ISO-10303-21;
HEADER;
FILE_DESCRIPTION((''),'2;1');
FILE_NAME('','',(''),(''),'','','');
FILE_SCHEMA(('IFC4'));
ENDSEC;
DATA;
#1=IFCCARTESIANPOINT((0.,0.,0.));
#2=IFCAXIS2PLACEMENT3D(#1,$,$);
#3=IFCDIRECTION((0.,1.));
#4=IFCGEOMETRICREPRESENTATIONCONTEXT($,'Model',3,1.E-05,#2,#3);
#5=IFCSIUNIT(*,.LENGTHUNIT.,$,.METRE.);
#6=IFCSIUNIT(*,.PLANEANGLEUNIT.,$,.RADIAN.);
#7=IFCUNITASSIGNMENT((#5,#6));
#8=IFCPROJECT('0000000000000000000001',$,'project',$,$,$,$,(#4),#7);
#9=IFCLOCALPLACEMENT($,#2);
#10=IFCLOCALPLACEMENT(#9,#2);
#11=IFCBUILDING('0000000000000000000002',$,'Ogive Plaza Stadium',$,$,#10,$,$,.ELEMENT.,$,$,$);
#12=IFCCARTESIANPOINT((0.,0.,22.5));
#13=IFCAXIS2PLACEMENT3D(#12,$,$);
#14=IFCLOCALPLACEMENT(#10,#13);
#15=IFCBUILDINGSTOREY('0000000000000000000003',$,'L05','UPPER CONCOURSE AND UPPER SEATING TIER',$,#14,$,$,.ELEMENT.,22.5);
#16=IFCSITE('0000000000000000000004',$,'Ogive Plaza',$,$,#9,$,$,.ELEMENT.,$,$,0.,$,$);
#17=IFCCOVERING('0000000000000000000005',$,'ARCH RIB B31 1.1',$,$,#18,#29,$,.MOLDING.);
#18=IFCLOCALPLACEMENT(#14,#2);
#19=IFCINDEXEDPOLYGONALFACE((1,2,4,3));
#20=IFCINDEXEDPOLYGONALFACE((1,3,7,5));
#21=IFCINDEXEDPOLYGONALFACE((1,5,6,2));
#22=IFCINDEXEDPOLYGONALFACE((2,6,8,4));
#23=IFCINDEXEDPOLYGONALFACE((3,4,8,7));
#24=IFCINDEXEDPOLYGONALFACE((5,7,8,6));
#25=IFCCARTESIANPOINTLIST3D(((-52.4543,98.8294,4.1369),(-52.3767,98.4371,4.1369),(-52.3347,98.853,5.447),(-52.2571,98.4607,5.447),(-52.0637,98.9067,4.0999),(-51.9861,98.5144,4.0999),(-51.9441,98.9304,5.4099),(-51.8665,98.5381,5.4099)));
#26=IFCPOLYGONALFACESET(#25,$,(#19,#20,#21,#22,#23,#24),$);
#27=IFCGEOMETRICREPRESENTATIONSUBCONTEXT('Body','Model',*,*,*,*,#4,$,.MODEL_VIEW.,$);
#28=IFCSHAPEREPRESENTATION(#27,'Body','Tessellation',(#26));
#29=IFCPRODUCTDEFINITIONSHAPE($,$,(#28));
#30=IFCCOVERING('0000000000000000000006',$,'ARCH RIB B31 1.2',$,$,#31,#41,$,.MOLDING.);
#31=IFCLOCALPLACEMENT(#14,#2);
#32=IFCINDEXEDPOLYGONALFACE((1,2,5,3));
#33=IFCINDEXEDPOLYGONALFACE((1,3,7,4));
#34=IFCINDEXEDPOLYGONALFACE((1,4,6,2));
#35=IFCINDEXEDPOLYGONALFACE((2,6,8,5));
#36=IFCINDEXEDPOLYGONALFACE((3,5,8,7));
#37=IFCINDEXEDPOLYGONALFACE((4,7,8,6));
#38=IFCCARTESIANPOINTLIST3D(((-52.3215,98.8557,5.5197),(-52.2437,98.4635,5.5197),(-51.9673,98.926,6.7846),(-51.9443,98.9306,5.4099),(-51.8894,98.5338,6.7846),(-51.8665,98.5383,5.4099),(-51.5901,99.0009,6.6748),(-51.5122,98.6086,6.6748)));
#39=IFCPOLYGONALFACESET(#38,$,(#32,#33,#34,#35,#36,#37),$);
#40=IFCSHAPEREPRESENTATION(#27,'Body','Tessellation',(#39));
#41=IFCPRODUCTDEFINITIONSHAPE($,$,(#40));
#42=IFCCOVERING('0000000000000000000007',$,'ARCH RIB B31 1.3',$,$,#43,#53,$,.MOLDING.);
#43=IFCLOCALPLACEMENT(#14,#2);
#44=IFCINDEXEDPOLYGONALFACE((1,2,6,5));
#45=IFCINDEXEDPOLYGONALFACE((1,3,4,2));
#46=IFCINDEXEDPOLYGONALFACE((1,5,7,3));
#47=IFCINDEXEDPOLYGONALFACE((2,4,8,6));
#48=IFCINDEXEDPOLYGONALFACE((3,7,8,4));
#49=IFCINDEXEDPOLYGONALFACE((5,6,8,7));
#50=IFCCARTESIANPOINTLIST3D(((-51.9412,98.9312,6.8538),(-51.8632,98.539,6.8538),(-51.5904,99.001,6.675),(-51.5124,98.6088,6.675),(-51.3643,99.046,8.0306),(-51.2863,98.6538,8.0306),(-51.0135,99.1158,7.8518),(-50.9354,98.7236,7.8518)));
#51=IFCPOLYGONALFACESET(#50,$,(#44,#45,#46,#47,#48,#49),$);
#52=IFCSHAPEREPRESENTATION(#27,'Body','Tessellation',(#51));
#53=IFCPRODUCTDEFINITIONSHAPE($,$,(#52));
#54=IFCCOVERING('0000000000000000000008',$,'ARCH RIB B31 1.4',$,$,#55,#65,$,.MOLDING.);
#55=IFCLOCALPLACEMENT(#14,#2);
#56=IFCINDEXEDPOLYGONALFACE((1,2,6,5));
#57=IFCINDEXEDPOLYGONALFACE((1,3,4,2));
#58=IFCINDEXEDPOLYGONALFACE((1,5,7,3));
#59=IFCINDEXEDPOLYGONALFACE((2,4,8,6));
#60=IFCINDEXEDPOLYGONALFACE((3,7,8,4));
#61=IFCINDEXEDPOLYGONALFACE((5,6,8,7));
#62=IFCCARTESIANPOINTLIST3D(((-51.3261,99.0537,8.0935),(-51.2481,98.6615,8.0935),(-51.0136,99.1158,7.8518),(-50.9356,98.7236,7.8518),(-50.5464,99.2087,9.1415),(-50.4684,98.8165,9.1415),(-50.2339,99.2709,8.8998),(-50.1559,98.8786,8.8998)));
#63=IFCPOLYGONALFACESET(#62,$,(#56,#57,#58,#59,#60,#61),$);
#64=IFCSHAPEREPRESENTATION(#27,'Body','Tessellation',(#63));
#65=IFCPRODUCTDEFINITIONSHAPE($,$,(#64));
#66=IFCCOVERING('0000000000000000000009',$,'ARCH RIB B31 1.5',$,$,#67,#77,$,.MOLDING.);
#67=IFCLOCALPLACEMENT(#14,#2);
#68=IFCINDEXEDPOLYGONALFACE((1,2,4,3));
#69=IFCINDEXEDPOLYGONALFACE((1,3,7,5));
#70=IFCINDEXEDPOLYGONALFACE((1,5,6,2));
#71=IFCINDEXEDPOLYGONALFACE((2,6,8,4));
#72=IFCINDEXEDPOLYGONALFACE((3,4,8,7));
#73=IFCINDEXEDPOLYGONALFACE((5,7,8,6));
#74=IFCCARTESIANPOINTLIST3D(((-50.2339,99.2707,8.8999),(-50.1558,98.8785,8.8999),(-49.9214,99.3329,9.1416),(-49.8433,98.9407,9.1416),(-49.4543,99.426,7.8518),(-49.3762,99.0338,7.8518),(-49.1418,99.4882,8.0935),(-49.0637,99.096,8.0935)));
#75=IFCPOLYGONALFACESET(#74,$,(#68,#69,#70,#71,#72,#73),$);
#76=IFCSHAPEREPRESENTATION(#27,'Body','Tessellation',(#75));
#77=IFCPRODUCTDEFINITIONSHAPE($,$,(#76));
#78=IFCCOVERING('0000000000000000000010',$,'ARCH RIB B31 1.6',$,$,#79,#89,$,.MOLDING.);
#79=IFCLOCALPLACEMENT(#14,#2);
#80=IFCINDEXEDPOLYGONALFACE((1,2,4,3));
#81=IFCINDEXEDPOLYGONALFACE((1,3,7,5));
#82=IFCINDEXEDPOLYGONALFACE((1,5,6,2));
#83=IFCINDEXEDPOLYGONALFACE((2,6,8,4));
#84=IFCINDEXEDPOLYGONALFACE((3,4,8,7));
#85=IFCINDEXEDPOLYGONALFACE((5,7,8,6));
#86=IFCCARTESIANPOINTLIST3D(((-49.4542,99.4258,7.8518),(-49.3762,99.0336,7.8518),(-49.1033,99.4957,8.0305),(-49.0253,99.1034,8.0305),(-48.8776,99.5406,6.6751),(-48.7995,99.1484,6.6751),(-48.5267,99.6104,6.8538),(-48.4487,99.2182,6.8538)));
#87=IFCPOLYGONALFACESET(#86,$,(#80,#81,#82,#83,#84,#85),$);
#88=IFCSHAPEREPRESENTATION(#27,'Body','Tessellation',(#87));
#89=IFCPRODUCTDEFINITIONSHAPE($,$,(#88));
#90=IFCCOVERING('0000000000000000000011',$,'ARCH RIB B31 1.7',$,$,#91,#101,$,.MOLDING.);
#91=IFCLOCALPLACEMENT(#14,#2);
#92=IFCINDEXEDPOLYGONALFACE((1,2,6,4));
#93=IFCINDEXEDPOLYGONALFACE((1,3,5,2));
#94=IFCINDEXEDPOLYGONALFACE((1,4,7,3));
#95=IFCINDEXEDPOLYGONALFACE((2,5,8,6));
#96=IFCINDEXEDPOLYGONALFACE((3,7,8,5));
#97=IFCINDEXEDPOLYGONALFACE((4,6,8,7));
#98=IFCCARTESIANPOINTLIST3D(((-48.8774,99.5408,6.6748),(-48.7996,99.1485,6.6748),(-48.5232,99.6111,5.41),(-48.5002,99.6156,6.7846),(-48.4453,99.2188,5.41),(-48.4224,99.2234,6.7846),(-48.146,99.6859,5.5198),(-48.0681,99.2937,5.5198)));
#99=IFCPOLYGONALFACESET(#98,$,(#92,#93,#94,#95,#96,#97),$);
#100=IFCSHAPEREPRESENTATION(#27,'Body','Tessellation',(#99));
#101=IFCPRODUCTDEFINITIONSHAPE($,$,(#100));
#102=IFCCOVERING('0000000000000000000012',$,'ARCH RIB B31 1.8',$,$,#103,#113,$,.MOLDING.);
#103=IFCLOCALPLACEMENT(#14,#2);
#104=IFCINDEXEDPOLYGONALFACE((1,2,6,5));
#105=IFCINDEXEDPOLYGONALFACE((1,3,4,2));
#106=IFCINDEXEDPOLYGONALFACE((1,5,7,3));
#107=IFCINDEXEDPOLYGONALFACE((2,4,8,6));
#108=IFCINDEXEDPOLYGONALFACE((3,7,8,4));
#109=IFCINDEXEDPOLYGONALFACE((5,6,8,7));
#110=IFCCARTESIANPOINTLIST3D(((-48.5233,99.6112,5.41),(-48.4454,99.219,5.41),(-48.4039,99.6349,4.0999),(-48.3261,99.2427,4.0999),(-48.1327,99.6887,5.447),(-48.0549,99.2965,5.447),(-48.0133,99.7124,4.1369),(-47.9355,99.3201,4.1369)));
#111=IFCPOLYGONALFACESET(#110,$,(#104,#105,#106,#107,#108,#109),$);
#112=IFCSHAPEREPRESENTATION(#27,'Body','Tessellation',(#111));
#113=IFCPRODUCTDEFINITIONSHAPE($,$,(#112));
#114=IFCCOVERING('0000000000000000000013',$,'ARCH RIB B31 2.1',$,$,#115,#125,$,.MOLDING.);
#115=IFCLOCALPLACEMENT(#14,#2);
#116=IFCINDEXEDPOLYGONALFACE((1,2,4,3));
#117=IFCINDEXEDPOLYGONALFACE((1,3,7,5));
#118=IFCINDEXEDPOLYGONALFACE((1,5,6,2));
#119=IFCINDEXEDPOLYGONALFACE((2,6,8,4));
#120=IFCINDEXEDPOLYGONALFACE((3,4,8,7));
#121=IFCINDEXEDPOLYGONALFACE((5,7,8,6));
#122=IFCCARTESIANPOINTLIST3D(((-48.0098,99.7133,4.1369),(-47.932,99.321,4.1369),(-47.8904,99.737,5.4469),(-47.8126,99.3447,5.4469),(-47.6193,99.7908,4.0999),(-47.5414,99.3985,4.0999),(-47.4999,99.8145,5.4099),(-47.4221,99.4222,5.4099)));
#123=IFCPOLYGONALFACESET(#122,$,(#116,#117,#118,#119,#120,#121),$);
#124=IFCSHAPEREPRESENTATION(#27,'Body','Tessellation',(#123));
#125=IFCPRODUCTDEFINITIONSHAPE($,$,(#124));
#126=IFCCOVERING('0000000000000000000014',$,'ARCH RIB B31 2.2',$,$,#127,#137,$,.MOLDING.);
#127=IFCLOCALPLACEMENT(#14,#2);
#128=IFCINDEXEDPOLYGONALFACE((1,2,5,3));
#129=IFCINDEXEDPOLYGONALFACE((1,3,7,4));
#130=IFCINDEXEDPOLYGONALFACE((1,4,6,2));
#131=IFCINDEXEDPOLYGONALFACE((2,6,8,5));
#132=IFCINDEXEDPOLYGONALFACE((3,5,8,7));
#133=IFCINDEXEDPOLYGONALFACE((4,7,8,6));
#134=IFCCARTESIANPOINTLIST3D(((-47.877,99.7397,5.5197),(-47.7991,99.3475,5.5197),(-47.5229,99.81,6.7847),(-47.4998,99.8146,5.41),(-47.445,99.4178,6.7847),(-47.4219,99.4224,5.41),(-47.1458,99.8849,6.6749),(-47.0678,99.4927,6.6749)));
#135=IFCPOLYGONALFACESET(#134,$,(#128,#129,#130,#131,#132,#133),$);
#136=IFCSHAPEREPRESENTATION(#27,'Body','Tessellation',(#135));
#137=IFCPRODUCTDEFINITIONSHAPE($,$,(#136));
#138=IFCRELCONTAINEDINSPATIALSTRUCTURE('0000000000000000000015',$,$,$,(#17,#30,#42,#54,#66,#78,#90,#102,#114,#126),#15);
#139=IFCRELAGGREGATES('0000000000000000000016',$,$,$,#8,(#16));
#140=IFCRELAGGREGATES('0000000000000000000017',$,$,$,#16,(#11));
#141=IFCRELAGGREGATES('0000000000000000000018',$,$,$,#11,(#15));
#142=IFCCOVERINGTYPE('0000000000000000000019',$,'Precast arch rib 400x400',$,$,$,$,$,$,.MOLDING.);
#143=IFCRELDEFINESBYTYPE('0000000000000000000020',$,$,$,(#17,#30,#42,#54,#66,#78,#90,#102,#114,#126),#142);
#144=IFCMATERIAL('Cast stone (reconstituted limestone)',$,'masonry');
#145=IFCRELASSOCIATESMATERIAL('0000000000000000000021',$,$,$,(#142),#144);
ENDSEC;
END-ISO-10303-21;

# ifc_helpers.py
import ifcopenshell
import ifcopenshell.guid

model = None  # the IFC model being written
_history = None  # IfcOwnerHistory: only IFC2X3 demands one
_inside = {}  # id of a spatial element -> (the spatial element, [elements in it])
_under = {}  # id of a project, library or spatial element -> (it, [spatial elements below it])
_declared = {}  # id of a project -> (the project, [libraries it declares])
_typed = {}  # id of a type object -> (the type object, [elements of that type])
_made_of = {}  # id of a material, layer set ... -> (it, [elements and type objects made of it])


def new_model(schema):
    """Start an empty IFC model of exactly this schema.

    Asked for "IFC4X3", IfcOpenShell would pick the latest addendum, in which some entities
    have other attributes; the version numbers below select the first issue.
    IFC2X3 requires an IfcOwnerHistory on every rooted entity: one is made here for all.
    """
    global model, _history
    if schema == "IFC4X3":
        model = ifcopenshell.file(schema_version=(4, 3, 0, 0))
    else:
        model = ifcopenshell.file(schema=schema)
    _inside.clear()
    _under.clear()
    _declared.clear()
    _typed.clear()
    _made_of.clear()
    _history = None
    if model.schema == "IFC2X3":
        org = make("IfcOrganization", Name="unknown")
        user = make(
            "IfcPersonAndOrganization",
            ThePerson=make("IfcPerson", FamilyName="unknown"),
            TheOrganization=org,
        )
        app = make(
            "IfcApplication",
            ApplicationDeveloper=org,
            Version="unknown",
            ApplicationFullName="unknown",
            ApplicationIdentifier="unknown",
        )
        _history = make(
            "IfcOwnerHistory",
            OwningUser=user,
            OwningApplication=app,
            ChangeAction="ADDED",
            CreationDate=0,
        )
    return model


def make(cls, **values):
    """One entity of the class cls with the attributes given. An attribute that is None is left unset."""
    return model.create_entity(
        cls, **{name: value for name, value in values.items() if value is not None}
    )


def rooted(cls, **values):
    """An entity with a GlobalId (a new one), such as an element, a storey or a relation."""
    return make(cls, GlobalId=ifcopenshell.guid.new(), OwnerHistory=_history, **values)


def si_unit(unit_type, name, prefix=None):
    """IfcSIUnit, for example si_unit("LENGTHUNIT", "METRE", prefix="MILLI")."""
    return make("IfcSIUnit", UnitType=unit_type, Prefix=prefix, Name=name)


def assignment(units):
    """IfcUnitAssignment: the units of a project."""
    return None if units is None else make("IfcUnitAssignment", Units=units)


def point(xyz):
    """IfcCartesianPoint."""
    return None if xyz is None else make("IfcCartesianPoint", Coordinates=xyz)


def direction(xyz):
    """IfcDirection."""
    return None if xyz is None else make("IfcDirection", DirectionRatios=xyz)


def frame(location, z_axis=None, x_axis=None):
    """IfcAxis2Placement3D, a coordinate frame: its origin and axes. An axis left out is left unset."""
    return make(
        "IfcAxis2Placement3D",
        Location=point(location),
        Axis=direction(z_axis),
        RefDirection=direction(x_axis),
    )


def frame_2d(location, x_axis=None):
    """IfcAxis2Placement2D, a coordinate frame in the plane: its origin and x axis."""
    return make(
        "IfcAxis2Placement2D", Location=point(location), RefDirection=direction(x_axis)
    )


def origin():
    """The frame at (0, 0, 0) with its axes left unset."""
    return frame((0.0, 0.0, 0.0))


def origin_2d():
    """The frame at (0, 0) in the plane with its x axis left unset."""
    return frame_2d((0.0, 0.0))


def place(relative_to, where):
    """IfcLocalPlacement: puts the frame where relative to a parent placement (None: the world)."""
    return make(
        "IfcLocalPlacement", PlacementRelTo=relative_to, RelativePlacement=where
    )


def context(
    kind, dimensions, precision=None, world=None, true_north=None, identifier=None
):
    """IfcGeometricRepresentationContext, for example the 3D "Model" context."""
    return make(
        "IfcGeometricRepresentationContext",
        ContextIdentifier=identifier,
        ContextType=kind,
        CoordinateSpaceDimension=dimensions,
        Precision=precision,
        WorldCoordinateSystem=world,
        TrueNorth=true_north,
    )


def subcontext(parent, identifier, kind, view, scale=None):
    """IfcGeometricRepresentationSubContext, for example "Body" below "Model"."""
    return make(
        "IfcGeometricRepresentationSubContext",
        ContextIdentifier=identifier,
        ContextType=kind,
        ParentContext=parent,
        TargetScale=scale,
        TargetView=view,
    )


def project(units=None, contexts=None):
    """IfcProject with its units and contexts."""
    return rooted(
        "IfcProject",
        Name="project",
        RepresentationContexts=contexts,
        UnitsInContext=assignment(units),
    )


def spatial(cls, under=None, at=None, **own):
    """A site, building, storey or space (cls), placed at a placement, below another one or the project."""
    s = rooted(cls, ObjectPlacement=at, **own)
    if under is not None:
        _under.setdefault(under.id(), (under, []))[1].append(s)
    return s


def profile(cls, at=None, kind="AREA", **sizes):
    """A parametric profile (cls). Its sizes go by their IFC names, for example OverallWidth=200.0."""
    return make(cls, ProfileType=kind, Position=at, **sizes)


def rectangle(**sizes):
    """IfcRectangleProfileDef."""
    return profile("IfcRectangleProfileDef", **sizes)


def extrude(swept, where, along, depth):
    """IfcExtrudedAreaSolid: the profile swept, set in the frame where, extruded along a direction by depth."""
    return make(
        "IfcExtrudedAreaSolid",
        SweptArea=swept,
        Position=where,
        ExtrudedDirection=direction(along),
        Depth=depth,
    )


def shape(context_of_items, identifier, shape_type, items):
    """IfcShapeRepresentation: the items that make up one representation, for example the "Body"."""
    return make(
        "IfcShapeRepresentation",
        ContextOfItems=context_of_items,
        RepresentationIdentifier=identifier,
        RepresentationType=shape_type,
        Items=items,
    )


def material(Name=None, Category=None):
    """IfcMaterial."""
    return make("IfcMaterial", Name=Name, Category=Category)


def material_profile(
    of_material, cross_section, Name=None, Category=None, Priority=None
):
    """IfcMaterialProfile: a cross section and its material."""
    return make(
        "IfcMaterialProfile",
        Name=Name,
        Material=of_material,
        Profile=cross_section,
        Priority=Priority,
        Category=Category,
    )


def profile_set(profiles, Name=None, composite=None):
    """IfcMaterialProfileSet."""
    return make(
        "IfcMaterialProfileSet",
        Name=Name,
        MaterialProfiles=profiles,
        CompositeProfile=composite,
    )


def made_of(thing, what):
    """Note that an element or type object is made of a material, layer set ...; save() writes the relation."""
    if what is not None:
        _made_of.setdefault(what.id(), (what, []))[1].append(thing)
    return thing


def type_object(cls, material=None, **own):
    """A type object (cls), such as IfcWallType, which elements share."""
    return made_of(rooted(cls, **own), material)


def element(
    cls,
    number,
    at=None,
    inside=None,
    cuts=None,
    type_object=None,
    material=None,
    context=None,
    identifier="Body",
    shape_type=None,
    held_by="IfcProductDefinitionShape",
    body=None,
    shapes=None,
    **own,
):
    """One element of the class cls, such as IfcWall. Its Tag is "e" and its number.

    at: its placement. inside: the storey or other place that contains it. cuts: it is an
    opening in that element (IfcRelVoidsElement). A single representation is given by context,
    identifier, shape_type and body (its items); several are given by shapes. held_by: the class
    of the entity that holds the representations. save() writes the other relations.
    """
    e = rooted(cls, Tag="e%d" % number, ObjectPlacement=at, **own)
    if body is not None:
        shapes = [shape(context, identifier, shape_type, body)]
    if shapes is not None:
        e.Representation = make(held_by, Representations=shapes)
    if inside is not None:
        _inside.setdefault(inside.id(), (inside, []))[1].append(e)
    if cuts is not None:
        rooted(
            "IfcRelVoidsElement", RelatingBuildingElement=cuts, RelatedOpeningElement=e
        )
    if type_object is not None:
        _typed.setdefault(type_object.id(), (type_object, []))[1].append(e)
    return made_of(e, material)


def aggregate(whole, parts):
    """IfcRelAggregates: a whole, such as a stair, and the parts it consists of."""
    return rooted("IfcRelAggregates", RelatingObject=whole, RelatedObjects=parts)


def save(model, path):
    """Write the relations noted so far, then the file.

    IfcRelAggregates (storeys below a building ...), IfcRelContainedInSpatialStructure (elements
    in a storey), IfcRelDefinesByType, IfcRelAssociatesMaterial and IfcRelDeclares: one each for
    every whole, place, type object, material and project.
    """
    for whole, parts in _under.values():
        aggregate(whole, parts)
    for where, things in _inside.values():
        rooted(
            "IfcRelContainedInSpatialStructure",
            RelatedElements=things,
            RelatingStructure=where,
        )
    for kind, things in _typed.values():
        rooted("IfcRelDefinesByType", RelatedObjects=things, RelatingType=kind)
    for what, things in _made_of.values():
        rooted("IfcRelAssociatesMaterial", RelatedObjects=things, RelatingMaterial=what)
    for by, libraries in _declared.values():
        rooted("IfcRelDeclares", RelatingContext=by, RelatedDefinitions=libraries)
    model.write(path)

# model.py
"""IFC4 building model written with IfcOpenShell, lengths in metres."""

from ifc_helpers import new_model, si_unit, direction, frame, origin, origin_2d, place, context, subcontext, project, spatial, rectangle, extrude, material, material_profile, profile_set, type_object, element, save


model = new_model("IFC4")

# Units and contexts
model_context = context("Model", 3, precision=1e-05, world=origin(), true_north=direction((0.0, 1.0)))
body_context = subcontext(model_context, "Body", "Model", "MODEL_VIEW")
ifc_project = project(units=[si_unit("LENGTHUNIT", "METRE"), si_unit("PLANEANGLEUNIT", "RADIAN")], contexts=[model_context])

# Site, building, storey
site_placement = place(None, origin())
site = spatial("IfcSite", under=ifc_project, at=site_placement, Name="Ogive Plaza", CompositionType="ELEMENT", RefElevation=0.0)
building_placement = place(site_placement, origin())
building = spatial("IfcBuilding", under=site, at=building_placement, Name="Ogive Plaza Stadium", CompositionType="ELEMENT")
storey_placement = place(building_placement, frame((0.0, 0.0, 22.5)))
storey = spatial("IfcBuildingStorey", under=building, at=storey_placement, Name="L05", Description="UPPER CONCOURSE AND UPPER SEATING TIER", CompositionType="ELEMENT", Elevation=22.5)

# Coverings
ifc_material_1 = material(Name="Cast stone (reconstituted limestone)", Category="masonry")
ifc_material_profile_1 = material_profile(ifc_material_1, rectangle(XDim=0.3999, YDim=0.3999, at=origin_2d()), Name="Cast stone 400x400")
ifc_profile_set_1 = profile_set([ifc_material_profile_1], Name="Cast stone (reconstituted limestone)")
covering_type = type_object("IfcCoveringType", Name="Precast arch rib 400x400", PredefinedType="MOLDING", material=ifc_profile_set_1)
covering_1_placement = place(storey_placement, frame((-52.2202, 98.6719, 4.1184), z_axis=(0.090923, 0.017999, 0.995695), x_axis=(-0.194191, 0.980964, 0.0)))
element("IfcCovering", 1, at=covering_1_placement, inside=storey, type_object=covering_type, Name="ARCH RIB B31 1.1", PredefinedType="MOLDING", context=body_context, shape_type="SweptSolid", body=[
    extrude(rectangle(XDim=0.3999, YDim=0.3999, at=origin_2d()), origin(), (0.0, 0.0, 1.0), 1.3157),
])
covering_2_placement = place(storey_placement, frame((-52.094, 98.697, 5.4648), z_axis=(0.2693, 0.053452, 0.961572), x_axis=(-0.194686, 0.980866, 0.0)))
element("IfcCovering", 2, at=covering_2_placement, inside=storey, type_object=covering_type, Name="ARCH RIB B31 1.2", PredefinedType="MOLDING", context=body_context, shape_type="SweptSolid", body=[
    extrude(rectangle(XDim=0.3999, YDim=0.3999, at=origin_2d()), origin(), (0.0, 0.0, 1.0), 1.3154),
])
covering_3_placement = place(storey_placement, frame((-51.7268, 98.77, 6.7644), z_axis=(0.438518, 0.087221, 0.89448), x_axis=(-0.195078, 0.980788, 0.0)))
element("IfcCovering", 3, at=covering_3_placement, inside=storey, type_object=covering_type, Name="ARCH RIB B31 1.3", PredefinedType="MOLDING", context=body_context, shape_type="SweptSolid", body=[
    extrude(rectangle(XDim=0.3999, YDim=0.3999, at=origin_2d()), origin(), (0.0, 0.0, 1.0), 1.3157),
])
for number, where, z_axis, x_axis, name in (
    (4, (-51.1309, 98.8887, 7.9727), (0.592756, 0.117846, 0.796713), (-0.194994, 0.980804, 0.0), "ARCH RIB B31 1.4"),
    (5, (-50.0386, 99.1057, 9.0208), (0.592623, 0.118042, -0.796784), (-0.195348, 0.980734, 0.0), "ARCH RIB B31 1.5"),
    (6, (-49.2397, 99.2646, 7.9412), (0.438368, 0.087228, -0.894553), (-0.195158, 0.980772, 0.0), "ARCH RIB B31 1.6"),
    (7, (-48.6499, 99.3821, 6.7297), (0.2693, 0.053452, -0.961572), (-0.194686, 0.980866, 0.0), "ARCH RIB B31 1.7"),
):
    element("IfcCovering", number, at=place(storey_placement, frame(where, z_axis=z_axis, x_axis=x_axis)), inside=storey, type_object=covering_type, Name=name, PredefinedType="MOLDING", context=body_context, shape_type="SweptSolid", body=[
        extrude(rectangle(XDim=0.3999, YDim=0.3999, at=origin_2d()), origin(), (0.0, 0.0, 1.0), 1.3154),
    ])
for number, where, z_axis, x_axis, name in (
    (8, (-48.2891, 99.4539, 5.4285), (0.090739, 0.017999, -0.995712), (-0.194573, 0.980888, 0.0), "ARCH RIB B31 1.8"),
    (9, (-47.7756, 99.5559, 4.1184), (0.090739, 0.017999, 0.995712), (-0.194573, 0.980888, 0.0), "ARCH RIB B31 2.1"),
):
    element("IfcCovering", number, at=place(storey_placement, frame(where, z_axis=z_axis, x_axis=x_axis)), inside=storey, type_object=covering_type, Name=name, PredefinedType="MOLDING", context=body_context, shape_type="SweptSolid", body=[
        extrude(rectangle(XDim=0.3999, YDim=0.3999, at=origin_2d()), origin(), (0.0, 0.0, 1.0), 1.3157),
    ])
covering_4_placement = place(storey_placement, frame((-47.6494, 99.5811, 5.4648), z_axis=(0.269127, 0.053454, 0.96162), x_axis=(-0.194815, 0.98084, 0.0)))
element("IfcCovering", 10, at=covering_4_placement, inside=storey, type_object=covering_type, Name="ARCH RIB B31 2.2", PredefinedType="MOLDING", context=body_context, shape_type="SweptSolid", body=[
    extrude(rectangle(XDim=0.3999, YDim=0.3999, at=origin_2d()), origin(), (0.0, 0.0, 1.0), 1.3154),
])

save(model, "model.ifc")
